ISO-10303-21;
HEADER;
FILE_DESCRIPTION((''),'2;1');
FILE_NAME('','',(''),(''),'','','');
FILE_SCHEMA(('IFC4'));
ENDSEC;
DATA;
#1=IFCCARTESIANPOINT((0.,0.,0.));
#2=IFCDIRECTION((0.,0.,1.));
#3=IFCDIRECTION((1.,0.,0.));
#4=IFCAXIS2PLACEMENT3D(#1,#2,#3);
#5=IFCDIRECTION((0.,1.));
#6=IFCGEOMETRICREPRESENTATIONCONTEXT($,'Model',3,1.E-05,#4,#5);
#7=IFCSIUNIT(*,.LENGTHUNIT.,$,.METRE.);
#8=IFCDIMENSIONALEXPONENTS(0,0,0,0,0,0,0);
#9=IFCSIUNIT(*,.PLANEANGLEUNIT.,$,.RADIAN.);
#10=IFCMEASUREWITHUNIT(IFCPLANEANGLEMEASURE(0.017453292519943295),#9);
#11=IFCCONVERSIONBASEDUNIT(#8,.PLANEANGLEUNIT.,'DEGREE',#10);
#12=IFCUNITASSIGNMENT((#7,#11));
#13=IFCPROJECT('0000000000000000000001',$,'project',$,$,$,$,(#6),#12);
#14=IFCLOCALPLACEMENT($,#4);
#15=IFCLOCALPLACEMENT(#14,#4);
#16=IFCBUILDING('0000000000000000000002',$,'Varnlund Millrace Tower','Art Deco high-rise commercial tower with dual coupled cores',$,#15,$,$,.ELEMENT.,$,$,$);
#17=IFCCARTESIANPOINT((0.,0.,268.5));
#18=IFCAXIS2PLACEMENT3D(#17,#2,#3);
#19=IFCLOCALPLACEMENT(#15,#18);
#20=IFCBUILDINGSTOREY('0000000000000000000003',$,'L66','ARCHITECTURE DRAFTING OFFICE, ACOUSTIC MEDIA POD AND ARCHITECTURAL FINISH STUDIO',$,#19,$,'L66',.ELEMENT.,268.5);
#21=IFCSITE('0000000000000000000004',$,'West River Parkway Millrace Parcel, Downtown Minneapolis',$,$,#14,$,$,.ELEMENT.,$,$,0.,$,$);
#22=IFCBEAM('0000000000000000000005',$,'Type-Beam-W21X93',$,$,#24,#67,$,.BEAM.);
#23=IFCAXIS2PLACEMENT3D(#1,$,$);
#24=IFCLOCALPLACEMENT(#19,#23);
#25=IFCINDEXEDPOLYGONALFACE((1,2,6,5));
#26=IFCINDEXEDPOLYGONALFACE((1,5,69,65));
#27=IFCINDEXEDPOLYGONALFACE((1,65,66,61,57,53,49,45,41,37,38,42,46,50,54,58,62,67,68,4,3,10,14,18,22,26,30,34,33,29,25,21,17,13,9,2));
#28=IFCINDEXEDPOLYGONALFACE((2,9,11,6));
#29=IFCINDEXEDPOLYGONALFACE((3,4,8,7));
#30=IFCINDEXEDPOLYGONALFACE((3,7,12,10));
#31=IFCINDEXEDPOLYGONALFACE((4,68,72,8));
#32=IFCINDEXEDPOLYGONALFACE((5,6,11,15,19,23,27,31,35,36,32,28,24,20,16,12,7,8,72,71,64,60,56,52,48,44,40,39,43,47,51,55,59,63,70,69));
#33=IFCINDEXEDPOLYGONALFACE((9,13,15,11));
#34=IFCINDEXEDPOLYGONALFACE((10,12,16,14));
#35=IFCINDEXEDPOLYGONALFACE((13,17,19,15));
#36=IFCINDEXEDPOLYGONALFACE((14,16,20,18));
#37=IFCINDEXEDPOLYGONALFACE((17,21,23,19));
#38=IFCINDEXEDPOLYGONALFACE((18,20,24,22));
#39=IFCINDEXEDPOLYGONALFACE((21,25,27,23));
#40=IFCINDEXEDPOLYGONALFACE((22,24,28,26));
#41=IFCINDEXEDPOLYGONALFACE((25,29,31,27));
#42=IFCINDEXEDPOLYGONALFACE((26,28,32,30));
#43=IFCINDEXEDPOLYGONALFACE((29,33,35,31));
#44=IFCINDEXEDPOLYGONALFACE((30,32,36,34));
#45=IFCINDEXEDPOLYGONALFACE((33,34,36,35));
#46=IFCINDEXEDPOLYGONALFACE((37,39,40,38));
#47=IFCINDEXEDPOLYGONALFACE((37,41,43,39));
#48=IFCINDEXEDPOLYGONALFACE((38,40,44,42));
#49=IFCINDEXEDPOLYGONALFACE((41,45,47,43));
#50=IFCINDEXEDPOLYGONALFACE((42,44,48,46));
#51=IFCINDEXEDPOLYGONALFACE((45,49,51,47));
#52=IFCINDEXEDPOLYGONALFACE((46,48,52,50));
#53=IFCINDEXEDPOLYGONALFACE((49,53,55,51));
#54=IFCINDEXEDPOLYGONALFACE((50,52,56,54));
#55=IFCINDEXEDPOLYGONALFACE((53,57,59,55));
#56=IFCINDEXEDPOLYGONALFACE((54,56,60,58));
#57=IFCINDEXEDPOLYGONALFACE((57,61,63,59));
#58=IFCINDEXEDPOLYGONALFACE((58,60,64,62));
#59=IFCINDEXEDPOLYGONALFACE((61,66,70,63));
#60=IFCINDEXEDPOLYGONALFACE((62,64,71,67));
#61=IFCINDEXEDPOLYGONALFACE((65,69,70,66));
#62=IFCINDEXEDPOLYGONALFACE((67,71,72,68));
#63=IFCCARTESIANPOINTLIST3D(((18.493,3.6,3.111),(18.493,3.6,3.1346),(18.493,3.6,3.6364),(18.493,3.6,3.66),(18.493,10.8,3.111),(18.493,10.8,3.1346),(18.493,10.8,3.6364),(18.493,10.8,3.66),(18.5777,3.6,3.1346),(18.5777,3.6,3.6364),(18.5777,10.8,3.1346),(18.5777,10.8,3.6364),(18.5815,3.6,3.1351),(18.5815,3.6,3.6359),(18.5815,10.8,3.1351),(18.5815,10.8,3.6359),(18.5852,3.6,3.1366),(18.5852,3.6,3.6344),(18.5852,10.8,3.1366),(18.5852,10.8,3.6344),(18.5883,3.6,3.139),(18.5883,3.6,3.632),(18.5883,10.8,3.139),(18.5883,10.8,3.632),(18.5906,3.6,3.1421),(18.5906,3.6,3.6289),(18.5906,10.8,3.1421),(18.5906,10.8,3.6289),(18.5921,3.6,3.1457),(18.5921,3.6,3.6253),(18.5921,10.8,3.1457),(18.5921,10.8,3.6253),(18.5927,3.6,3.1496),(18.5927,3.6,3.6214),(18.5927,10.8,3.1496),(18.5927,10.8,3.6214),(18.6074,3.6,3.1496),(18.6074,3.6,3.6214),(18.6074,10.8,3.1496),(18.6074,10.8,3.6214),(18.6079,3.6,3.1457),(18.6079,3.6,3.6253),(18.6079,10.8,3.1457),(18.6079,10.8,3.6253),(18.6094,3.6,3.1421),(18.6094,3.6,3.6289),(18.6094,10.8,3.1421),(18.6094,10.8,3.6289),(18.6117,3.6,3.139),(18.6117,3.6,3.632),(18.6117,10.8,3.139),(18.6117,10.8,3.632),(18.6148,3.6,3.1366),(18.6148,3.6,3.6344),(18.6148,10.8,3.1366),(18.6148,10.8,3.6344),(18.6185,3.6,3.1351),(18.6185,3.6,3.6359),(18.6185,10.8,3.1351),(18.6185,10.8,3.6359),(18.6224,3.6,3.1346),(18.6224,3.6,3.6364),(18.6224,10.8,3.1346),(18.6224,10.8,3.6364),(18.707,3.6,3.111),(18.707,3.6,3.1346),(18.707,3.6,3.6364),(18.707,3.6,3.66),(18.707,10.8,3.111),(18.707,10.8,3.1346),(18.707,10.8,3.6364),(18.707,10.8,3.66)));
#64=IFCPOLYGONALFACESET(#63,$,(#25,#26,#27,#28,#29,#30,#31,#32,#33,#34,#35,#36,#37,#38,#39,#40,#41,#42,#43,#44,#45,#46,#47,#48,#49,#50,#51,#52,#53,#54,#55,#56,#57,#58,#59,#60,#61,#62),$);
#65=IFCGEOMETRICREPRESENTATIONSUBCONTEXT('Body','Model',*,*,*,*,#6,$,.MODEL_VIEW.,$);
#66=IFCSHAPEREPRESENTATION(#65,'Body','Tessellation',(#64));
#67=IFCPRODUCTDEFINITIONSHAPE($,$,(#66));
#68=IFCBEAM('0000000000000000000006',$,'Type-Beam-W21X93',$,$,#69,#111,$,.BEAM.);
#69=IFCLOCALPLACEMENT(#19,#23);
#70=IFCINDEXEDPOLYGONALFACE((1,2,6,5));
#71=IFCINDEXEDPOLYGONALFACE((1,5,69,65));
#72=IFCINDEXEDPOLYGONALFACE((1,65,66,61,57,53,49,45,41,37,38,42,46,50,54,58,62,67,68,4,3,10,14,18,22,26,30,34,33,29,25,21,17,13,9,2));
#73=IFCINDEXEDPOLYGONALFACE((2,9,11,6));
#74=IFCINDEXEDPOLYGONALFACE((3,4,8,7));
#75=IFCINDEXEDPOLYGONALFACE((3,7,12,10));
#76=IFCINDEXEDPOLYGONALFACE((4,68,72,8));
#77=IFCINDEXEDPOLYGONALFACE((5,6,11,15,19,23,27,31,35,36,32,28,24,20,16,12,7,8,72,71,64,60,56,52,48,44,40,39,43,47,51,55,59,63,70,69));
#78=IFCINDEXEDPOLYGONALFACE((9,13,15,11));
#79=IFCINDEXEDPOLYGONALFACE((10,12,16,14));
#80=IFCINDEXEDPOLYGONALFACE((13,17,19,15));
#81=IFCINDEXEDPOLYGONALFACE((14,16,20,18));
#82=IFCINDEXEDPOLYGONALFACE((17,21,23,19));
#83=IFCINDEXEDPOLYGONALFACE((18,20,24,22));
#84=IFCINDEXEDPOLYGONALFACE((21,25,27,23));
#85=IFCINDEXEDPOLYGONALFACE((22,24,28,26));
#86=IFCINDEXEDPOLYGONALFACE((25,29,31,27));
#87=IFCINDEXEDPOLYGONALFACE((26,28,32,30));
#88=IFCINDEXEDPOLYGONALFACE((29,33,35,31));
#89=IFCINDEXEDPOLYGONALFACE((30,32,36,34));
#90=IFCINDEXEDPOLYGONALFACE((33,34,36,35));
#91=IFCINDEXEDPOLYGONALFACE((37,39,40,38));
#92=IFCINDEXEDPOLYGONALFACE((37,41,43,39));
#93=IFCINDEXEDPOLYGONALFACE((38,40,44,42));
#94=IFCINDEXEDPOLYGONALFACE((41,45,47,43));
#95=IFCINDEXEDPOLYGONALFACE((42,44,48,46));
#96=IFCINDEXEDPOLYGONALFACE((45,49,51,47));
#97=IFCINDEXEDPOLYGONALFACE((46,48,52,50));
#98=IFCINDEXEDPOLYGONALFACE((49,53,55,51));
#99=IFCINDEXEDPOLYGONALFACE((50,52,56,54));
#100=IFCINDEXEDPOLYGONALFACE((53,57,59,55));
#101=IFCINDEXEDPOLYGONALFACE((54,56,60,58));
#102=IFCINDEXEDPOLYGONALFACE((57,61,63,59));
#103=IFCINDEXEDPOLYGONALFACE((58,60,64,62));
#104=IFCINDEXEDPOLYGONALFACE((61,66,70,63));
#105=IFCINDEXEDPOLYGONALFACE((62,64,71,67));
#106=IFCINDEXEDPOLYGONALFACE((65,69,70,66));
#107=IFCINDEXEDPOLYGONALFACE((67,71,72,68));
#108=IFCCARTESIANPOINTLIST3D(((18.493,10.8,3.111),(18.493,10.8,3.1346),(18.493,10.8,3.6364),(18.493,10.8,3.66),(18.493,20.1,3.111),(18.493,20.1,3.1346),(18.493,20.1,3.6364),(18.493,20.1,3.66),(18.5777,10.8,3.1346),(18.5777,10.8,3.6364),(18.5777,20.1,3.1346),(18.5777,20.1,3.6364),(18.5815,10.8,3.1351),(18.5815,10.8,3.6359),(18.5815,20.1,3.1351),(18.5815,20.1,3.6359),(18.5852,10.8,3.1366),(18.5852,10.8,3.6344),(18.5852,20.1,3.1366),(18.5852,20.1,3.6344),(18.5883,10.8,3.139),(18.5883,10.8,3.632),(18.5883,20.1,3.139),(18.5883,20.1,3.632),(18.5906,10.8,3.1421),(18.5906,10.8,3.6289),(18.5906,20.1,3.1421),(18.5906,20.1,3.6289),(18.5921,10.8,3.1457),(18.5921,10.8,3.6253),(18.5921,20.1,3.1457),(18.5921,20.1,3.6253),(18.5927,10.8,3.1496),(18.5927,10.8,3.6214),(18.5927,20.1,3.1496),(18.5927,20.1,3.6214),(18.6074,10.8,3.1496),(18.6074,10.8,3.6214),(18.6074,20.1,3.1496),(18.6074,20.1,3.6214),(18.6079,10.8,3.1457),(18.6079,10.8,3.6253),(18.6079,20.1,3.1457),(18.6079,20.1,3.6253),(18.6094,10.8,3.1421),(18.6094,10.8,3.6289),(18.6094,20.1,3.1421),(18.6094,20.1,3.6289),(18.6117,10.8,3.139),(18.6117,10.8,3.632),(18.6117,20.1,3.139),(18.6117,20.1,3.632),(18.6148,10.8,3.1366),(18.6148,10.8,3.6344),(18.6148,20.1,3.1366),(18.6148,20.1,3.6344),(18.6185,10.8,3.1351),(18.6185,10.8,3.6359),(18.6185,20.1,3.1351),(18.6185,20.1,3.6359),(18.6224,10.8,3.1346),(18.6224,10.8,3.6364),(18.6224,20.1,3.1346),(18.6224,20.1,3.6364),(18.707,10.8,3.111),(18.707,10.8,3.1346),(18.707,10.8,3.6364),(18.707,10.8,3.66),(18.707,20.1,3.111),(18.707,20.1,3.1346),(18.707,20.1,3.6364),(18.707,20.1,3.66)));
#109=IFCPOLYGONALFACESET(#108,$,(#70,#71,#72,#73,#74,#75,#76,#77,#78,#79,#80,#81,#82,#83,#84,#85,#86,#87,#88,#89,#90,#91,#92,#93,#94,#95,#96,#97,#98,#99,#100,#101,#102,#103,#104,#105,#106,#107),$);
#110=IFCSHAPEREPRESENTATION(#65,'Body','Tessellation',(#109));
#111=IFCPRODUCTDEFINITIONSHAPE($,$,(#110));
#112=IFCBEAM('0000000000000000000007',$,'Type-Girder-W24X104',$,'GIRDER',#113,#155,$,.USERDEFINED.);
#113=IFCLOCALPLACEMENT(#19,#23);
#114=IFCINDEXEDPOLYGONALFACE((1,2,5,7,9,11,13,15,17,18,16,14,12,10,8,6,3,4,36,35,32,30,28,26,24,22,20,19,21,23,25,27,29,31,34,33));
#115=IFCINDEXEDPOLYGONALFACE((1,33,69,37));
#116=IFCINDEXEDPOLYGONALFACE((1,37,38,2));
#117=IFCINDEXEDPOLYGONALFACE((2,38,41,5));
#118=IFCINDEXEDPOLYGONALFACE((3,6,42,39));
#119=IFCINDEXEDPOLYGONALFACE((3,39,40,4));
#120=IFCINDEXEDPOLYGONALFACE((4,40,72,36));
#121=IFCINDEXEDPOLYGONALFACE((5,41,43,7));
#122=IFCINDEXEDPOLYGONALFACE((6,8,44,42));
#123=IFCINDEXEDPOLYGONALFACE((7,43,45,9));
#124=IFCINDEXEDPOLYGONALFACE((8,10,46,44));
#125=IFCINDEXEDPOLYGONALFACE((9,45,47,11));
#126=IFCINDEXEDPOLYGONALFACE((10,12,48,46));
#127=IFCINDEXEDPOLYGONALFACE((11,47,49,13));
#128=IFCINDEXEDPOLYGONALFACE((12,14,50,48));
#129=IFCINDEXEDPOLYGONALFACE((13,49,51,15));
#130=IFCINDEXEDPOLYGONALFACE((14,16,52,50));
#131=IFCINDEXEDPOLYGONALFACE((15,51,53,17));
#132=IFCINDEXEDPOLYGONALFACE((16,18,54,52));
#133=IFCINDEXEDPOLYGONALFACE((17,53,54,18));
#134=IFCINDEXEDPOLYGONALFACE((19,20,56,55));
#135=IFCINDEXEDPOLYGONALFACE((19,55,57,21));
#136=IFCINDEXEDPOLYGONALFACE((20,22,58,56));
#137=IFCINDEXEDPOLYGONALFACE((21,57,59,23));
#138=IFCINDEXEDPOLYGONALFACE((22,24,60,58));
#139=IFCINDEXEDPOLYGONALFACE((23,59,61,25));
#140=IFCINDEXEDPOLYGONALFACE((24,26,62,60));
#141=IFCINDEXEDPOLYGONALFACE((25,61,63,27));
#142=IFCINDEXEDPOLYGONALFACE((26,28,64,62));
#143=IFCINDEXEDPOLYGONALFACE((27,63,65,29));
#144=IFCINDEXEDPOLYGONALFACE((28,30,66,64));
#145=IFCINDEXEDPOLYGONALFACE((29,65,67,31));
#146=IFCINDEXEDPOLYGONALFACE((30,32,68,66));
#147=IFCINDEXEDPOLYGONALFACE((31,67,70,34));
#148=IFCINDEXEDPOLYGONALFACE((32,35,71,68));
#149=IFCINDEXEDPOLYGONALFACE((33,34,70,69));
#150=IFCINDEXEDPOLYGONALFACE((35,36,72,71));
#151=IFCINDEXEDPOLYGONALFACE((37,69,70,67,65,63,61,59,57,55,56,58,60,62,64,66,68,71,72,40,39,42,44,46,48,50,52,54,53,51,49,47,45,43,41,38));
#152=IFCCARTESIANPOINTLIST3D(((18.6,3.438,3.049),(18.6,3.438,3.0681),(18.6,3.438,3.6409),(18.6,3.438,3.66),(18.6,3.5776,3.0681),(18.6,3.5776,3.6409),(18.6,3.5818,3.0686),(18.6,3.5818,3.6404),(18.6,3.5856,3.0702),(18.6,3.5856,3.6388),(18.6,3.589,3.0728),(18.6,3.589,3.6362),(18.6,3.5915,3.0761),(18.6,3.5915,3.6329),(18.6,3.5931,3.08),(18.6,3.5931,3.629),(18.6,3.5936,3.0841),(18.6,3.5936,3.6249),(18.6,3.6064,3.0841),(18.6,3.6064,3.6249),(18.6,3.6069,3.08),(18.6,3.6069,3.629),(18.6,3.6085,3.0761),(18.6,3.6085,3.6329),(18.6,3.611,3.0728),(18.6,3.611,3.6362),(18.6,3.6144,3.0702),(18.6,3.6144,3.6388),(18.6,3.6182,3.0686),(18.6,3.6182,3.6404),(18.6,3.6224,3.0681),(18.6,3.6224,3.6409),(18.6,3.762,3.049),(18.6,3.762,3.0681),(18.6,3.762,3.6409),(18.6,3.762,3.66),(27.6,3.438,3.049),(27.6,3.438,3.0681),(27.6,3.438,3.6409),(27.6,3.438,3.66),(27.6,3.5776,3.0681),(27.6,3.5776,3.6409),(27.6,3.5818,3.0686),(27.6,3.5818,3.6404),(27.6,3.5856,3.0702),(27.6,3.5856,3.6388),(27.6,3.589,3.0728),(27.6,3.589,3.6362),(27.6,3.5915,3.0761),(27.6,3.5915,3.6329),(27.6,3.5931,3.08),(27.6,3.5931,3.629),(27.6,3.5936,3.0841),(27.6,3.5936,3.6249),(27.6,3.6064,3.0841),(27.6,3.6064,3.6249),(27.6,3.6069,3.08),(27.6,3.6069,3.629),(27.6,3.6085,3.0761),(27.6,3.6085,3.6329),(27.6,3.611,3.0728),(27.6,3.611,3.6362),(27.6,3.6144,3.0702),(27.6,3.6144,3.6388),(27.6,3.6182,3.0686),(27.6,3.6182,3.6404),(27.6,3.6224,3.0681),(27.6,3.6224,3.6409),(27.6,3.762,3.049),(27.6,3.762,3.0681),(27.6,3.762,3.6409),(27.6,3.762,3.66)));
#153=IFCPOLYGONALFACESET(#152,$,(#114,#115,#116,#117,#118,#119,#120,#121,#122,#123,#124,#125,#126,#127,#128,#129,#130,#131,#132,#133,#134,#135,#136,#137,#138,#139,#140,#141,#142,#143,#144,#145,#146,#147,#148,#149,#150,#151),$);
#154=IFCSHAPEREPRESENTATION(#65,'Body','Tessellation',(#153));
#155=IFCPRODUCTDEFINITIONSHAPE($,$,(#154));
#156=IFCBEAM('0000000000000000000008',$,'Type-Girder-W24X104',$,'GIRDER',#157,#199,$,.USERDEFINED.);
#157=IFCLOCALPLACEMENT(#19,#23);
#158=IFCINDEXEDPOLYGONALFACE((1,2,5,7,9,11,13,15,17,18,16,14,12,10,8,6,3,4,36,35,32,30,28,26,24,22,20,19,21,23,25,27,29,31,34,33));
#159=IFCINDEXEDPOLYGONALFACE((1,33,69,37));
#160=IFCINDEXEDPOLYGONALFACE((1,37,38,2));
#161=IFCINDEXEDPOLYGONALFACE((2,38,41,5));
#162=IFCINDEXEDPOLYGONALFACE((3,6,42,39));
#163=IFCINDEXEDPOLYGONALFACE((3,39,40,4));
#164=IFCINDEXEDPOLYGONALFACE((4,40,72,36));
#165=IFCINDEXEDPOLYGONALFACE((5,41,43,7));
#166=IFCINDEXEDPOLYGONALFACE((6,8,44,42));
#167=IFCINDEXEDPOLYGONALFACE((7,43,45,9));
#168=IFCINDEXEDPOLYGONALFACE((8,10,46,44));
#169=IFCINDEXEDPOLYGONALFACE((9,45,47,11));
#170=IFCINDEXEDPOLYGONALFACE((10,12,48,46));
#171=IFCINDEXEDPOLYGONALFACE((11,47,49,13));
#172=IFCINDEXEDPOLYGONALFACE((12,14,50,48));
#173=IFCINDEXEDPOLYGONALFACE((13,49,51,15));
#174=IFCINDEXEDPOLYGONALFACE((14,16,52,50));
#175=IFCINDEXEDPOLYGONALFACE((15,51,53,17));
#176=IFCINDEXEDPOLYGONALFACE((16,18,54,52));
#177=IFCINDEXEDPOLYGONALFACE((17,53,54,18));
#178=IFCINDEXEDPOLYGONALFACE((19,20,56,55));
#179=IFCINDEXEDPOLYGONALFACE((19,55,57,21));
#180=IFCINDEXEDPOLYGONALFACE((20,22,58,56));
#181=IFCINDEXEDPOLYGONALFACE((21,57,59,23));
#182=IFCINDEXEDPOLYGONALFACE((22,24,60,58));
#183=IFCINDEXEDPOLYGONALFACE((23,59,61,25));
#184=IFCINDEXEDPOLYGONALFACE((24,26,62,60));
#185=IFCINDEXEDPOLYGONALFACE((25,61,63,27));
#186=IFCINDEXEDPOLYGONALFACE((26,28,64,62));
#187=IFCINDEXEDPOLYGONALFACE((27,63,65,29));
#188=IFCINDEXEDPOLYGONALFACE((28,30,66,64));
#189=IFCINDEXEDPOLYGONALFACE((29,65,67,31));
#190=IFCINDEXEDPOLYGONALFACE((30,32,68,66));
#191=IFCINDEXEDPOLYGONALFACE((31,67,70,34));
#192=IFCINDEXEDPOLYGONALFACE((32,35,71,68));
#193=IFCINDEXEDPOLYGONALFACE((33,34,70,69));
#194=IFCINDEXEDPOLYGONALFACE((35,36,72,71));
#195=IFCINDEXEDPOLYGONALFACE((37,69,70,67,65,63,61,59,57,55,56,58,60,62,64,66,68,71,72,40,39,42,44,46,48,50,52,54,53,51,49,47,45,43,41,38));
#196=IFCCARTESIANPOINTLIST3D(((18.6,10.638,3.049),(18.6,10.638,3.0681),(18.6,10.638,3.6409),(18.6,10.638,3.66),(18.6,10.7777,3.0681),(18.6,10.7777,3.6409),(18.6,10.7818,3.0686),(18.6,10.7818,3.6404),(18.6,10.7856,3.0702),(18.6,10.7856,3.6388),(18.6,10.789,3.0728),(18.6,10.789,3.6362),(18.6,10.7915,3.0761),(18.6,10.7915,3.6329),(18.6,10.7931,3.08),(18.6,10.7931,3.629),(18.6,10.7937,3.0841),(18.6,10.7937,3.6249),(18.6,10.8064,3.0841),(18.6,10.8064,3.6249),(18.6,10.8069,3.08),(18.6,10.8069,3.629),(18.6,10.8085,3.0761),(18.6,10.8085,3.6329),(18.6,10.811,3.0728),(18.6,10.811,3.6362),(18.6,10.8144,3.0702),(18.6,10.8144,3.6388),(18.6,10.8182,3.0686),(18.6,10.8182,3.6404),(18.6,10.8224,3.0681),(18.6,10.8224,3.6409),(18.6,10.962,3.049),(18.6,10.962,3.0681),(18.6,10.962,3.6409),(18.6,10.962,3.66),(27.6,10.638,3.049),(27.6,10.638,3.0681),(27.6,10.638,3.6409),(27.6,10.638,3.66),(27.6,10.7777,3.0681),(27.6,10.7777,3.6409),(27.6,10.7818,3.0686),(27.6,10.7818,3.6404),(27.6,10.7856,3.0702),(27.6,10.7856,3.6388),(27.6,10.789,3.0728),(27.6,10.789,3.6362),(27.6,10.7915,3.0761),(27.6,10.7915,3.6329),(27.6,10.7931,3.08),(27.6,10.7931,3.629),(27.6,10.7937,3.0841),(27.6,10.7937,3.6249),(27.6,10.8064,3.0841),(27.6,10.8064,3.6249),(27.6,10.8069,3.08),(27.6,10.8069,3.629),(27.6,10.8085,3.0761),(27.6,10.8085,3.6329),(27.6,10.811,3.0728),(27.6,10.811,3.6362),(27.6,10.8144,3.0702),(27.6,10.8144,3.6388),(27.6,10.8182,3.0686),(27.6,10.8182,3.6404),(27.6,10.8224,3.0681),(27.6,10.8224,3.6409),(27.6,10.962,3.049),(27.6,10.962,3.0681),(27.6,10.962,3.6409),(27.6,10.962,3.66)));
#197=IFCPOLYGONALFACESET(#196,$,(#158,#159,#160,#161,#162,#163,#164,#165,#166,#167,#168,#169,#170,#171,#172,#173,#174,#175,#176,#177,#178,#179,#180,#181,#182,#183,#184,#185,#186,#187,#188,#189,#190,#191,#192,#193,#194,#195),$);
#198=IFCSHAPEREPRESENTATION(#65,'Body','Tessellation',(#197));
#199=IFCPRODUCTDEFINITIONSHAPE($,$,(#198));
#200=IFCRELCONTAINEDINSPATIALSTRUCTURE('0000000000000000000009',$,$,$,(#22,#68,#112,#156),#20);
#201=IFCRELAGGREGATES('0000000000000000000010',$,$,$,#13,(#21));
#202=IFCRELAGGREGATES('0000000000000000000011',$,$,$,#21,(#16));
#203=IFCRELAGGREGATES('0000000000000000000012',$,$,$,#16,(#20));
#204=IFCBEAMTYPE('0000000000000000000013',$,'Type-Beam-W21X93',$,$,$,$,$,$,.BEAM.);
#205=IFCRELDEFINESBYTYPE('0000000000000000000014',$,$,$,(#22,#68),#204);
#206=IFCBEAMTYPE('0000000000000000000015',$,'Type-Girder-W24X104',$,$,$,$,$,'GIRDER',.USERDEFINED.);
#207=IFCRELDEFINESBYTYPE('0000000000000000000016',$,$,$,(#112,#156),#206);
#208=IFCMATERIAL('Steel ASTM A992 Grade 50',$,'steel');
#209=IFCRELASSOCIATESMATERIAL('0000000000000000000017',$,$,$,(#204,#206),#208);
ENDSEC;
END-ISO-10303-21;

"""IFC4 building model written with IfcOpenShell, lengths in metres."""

from ifc_helpers import new_model, entity, si_unit, converted_unit, direction, frame, origin_with_axes, origin_2d_with_axis, place, context, subcontext, project, spatial, i_section, extrude, material, material_profile, profile_set, type_object, element, save


model = new_model("IFC4")

# Units and contexts
model_context = context("Model", 3, precision=1e-05, world=origin_with_axes(), true_north=direction((0.0, 1.0)))
body_context = subcontext(model_context, "Body", "Model", "MODEL_VIEW")
ifc_project = project(units=[si_unit("LENGTHUNIT", "METRE"), converted_unit("PLANEANGLEUNIT", "DEGREE", entity("IfcPlaneAngleMeasure", 0.017453292519943295), si_unit("PLANEANGLEUNIT", "RADIAN"), dimensions=[0, 0, 0, 0, 0, 0, 0])], contexts=[model_context])

# Site, building, storey
site_placement = place(None, origin_with_axes())
site = spatial("IfcSite", under=ifc_project, at=site_placement, Name="West River Parkway Millrace Parcel, Downtown Minneapolis", CompositionType="ELEMENT", RefElevation=0.0)
building_placement = place(site_placement, origin_with_axes())
building = spatial("IfcBuilding", under=site, at=building_placement, Name="Varnlund Millrace Tower", Description="Art Deco high-rise commercial tower with dual coupled cores", CompositionType="ELEMENT")
storey_placement = place(building_placement, frame((0.0, 0.0, 268.5), z_axis=(0.0, 0.0, 1.0), x_axis=(1.0, 0.0, 0.0)))
storey = spatial("IfcBuildingStorey", under=building, at=storey_placement, Name="L66", Description="ARCHITECTURE DRAFTING OFFICE, ACOUSTIC MEDIA POD AND ARCHITECTURAL FINISH STUDIO", LongName="L66", CompositionType="ELEMENT", Elevation=268.5)

# Beams
ifc_material_1 = material(Name="Steel ASTM A992 Grade 50", Category="steel")
ifc_material_profile_1 = material_profile(ifc_material_1, i_section(OverallWidth=0.214, OverallDepth=0.549, WebThickness=0.0147, FlangeThickness=0.0236, FilletRadius=0.015, at=origin_2d_with_axis()), Name="Steel ASTM A992 Grade 50")
ifc_profile_set_1 = profile_set([ifc_material_profile_1], Name="Steel ASTM A992 Grade 50")
beam_type_1 = type_object("IfcBeamType", Name="Type-Beam-W21X93", PredefinedType="BEAM", material=ifc_profile_set_1)
beam_1_placement = place(storey_placement, frame((18.6, 3.6, 3.3855), z_axis=(0.0, 1.0, 0.0), x_axis=(-1.0, 0.0, 0.0)))
element("IfcBeam", 1, at=beam_1_placement, inside=storey, type_object=beam_type_1, Name="Type-Beam-W21X93", PredefinedType="BEAM", context=body_context, shape_type="SweptSolid", body=[
    extrude(i_section(OverallWidth=0.214, OverallDepth=0.549, WebThickness=0.0147, FlangeThickness=0.0236, FilletRadius=0.015, at=origin_2d_with_axis()), origin_with_axes(), (0.0, 0.0, 1.0), 7.2),
])
beam_2_placement = place(storey_placement, frame((18.6, 10.8, 3.3855), z_axis=(0.0, 1.0, 0.0), x_axis=(-1.0, 0.0, 0.0)))
element("IfcBeam", 2, at=beam_2_placement, inside=storey, type_object=beam_type_1, Name="Type-Beam-W21X93", PredefinedType="BEAM", context=body_context, shape_type="SweptSolid", body=[
    extrude(i_section(OverallWidth=0.214, OverallDepth=0.549, WebThickness=0.0147, FlangeThickness=0.0236, FilletRadius=0.015, at=origin_2d_with_axis()), origin_with_axes(), (0.0, 0.0, 1.0), 9.3),
])
ifc_material_profile_2 = material_profile(ifc_material_1, i_section(OverallWidth=0.324, OverallDepth=0.611, WebThickness=0.0127, FlangeThickness=0.0191, FilletRadius=0.016, at=origin_2d_with_axis()), Name="Steel ASTM A992 Grade 50")
ifc_profile_set_2 = profile_set([ifc_material_profile_2], Name="Steel ASTM A992 Grade 50")
beam_type_2 = type_object("IfcBeamType", Name="Type-Girder-W24X104", ElementType="GIRDER", PredefinedType="USERDEFINED", material=ifc_profile_set_2)
for number, where, z_axis, x_axis, name in (
    (3, (18.6, 3.6, 3.3545), (1.0, 0.0, 0.0), (0.0, 1.0, 0.0), "Type-Girder-W24X104"),
    (4, (18.6, 10.8, 3.3545), (1.0, 0.0, 0.0), (0.0, 1.0, 0.0), "Type-Girder-W24X104"),
):
    element("IfcBeam", number, at=place(storey_placement, frame(where, z_axis=z_axis, x_axis=x_axis)), inside=storey, type_object=beam_type_2, Name=name, ObjectType="GIRDER", PredefinedType="USERDEFINED", context=body_context, shape_type="SweptSolid", body=[
        extrude(i_section(OverallWidth=0.324, OverallDepth=0.611, WebThickness=0.0127, FlangeThickness=0.0191, FilletRadius=0.016, at=origin_2d_with_axis()), origin_with_axes(), (0.0, 0.0, 1.0), 9.0),
    ])

save(model, "model.ifc")
